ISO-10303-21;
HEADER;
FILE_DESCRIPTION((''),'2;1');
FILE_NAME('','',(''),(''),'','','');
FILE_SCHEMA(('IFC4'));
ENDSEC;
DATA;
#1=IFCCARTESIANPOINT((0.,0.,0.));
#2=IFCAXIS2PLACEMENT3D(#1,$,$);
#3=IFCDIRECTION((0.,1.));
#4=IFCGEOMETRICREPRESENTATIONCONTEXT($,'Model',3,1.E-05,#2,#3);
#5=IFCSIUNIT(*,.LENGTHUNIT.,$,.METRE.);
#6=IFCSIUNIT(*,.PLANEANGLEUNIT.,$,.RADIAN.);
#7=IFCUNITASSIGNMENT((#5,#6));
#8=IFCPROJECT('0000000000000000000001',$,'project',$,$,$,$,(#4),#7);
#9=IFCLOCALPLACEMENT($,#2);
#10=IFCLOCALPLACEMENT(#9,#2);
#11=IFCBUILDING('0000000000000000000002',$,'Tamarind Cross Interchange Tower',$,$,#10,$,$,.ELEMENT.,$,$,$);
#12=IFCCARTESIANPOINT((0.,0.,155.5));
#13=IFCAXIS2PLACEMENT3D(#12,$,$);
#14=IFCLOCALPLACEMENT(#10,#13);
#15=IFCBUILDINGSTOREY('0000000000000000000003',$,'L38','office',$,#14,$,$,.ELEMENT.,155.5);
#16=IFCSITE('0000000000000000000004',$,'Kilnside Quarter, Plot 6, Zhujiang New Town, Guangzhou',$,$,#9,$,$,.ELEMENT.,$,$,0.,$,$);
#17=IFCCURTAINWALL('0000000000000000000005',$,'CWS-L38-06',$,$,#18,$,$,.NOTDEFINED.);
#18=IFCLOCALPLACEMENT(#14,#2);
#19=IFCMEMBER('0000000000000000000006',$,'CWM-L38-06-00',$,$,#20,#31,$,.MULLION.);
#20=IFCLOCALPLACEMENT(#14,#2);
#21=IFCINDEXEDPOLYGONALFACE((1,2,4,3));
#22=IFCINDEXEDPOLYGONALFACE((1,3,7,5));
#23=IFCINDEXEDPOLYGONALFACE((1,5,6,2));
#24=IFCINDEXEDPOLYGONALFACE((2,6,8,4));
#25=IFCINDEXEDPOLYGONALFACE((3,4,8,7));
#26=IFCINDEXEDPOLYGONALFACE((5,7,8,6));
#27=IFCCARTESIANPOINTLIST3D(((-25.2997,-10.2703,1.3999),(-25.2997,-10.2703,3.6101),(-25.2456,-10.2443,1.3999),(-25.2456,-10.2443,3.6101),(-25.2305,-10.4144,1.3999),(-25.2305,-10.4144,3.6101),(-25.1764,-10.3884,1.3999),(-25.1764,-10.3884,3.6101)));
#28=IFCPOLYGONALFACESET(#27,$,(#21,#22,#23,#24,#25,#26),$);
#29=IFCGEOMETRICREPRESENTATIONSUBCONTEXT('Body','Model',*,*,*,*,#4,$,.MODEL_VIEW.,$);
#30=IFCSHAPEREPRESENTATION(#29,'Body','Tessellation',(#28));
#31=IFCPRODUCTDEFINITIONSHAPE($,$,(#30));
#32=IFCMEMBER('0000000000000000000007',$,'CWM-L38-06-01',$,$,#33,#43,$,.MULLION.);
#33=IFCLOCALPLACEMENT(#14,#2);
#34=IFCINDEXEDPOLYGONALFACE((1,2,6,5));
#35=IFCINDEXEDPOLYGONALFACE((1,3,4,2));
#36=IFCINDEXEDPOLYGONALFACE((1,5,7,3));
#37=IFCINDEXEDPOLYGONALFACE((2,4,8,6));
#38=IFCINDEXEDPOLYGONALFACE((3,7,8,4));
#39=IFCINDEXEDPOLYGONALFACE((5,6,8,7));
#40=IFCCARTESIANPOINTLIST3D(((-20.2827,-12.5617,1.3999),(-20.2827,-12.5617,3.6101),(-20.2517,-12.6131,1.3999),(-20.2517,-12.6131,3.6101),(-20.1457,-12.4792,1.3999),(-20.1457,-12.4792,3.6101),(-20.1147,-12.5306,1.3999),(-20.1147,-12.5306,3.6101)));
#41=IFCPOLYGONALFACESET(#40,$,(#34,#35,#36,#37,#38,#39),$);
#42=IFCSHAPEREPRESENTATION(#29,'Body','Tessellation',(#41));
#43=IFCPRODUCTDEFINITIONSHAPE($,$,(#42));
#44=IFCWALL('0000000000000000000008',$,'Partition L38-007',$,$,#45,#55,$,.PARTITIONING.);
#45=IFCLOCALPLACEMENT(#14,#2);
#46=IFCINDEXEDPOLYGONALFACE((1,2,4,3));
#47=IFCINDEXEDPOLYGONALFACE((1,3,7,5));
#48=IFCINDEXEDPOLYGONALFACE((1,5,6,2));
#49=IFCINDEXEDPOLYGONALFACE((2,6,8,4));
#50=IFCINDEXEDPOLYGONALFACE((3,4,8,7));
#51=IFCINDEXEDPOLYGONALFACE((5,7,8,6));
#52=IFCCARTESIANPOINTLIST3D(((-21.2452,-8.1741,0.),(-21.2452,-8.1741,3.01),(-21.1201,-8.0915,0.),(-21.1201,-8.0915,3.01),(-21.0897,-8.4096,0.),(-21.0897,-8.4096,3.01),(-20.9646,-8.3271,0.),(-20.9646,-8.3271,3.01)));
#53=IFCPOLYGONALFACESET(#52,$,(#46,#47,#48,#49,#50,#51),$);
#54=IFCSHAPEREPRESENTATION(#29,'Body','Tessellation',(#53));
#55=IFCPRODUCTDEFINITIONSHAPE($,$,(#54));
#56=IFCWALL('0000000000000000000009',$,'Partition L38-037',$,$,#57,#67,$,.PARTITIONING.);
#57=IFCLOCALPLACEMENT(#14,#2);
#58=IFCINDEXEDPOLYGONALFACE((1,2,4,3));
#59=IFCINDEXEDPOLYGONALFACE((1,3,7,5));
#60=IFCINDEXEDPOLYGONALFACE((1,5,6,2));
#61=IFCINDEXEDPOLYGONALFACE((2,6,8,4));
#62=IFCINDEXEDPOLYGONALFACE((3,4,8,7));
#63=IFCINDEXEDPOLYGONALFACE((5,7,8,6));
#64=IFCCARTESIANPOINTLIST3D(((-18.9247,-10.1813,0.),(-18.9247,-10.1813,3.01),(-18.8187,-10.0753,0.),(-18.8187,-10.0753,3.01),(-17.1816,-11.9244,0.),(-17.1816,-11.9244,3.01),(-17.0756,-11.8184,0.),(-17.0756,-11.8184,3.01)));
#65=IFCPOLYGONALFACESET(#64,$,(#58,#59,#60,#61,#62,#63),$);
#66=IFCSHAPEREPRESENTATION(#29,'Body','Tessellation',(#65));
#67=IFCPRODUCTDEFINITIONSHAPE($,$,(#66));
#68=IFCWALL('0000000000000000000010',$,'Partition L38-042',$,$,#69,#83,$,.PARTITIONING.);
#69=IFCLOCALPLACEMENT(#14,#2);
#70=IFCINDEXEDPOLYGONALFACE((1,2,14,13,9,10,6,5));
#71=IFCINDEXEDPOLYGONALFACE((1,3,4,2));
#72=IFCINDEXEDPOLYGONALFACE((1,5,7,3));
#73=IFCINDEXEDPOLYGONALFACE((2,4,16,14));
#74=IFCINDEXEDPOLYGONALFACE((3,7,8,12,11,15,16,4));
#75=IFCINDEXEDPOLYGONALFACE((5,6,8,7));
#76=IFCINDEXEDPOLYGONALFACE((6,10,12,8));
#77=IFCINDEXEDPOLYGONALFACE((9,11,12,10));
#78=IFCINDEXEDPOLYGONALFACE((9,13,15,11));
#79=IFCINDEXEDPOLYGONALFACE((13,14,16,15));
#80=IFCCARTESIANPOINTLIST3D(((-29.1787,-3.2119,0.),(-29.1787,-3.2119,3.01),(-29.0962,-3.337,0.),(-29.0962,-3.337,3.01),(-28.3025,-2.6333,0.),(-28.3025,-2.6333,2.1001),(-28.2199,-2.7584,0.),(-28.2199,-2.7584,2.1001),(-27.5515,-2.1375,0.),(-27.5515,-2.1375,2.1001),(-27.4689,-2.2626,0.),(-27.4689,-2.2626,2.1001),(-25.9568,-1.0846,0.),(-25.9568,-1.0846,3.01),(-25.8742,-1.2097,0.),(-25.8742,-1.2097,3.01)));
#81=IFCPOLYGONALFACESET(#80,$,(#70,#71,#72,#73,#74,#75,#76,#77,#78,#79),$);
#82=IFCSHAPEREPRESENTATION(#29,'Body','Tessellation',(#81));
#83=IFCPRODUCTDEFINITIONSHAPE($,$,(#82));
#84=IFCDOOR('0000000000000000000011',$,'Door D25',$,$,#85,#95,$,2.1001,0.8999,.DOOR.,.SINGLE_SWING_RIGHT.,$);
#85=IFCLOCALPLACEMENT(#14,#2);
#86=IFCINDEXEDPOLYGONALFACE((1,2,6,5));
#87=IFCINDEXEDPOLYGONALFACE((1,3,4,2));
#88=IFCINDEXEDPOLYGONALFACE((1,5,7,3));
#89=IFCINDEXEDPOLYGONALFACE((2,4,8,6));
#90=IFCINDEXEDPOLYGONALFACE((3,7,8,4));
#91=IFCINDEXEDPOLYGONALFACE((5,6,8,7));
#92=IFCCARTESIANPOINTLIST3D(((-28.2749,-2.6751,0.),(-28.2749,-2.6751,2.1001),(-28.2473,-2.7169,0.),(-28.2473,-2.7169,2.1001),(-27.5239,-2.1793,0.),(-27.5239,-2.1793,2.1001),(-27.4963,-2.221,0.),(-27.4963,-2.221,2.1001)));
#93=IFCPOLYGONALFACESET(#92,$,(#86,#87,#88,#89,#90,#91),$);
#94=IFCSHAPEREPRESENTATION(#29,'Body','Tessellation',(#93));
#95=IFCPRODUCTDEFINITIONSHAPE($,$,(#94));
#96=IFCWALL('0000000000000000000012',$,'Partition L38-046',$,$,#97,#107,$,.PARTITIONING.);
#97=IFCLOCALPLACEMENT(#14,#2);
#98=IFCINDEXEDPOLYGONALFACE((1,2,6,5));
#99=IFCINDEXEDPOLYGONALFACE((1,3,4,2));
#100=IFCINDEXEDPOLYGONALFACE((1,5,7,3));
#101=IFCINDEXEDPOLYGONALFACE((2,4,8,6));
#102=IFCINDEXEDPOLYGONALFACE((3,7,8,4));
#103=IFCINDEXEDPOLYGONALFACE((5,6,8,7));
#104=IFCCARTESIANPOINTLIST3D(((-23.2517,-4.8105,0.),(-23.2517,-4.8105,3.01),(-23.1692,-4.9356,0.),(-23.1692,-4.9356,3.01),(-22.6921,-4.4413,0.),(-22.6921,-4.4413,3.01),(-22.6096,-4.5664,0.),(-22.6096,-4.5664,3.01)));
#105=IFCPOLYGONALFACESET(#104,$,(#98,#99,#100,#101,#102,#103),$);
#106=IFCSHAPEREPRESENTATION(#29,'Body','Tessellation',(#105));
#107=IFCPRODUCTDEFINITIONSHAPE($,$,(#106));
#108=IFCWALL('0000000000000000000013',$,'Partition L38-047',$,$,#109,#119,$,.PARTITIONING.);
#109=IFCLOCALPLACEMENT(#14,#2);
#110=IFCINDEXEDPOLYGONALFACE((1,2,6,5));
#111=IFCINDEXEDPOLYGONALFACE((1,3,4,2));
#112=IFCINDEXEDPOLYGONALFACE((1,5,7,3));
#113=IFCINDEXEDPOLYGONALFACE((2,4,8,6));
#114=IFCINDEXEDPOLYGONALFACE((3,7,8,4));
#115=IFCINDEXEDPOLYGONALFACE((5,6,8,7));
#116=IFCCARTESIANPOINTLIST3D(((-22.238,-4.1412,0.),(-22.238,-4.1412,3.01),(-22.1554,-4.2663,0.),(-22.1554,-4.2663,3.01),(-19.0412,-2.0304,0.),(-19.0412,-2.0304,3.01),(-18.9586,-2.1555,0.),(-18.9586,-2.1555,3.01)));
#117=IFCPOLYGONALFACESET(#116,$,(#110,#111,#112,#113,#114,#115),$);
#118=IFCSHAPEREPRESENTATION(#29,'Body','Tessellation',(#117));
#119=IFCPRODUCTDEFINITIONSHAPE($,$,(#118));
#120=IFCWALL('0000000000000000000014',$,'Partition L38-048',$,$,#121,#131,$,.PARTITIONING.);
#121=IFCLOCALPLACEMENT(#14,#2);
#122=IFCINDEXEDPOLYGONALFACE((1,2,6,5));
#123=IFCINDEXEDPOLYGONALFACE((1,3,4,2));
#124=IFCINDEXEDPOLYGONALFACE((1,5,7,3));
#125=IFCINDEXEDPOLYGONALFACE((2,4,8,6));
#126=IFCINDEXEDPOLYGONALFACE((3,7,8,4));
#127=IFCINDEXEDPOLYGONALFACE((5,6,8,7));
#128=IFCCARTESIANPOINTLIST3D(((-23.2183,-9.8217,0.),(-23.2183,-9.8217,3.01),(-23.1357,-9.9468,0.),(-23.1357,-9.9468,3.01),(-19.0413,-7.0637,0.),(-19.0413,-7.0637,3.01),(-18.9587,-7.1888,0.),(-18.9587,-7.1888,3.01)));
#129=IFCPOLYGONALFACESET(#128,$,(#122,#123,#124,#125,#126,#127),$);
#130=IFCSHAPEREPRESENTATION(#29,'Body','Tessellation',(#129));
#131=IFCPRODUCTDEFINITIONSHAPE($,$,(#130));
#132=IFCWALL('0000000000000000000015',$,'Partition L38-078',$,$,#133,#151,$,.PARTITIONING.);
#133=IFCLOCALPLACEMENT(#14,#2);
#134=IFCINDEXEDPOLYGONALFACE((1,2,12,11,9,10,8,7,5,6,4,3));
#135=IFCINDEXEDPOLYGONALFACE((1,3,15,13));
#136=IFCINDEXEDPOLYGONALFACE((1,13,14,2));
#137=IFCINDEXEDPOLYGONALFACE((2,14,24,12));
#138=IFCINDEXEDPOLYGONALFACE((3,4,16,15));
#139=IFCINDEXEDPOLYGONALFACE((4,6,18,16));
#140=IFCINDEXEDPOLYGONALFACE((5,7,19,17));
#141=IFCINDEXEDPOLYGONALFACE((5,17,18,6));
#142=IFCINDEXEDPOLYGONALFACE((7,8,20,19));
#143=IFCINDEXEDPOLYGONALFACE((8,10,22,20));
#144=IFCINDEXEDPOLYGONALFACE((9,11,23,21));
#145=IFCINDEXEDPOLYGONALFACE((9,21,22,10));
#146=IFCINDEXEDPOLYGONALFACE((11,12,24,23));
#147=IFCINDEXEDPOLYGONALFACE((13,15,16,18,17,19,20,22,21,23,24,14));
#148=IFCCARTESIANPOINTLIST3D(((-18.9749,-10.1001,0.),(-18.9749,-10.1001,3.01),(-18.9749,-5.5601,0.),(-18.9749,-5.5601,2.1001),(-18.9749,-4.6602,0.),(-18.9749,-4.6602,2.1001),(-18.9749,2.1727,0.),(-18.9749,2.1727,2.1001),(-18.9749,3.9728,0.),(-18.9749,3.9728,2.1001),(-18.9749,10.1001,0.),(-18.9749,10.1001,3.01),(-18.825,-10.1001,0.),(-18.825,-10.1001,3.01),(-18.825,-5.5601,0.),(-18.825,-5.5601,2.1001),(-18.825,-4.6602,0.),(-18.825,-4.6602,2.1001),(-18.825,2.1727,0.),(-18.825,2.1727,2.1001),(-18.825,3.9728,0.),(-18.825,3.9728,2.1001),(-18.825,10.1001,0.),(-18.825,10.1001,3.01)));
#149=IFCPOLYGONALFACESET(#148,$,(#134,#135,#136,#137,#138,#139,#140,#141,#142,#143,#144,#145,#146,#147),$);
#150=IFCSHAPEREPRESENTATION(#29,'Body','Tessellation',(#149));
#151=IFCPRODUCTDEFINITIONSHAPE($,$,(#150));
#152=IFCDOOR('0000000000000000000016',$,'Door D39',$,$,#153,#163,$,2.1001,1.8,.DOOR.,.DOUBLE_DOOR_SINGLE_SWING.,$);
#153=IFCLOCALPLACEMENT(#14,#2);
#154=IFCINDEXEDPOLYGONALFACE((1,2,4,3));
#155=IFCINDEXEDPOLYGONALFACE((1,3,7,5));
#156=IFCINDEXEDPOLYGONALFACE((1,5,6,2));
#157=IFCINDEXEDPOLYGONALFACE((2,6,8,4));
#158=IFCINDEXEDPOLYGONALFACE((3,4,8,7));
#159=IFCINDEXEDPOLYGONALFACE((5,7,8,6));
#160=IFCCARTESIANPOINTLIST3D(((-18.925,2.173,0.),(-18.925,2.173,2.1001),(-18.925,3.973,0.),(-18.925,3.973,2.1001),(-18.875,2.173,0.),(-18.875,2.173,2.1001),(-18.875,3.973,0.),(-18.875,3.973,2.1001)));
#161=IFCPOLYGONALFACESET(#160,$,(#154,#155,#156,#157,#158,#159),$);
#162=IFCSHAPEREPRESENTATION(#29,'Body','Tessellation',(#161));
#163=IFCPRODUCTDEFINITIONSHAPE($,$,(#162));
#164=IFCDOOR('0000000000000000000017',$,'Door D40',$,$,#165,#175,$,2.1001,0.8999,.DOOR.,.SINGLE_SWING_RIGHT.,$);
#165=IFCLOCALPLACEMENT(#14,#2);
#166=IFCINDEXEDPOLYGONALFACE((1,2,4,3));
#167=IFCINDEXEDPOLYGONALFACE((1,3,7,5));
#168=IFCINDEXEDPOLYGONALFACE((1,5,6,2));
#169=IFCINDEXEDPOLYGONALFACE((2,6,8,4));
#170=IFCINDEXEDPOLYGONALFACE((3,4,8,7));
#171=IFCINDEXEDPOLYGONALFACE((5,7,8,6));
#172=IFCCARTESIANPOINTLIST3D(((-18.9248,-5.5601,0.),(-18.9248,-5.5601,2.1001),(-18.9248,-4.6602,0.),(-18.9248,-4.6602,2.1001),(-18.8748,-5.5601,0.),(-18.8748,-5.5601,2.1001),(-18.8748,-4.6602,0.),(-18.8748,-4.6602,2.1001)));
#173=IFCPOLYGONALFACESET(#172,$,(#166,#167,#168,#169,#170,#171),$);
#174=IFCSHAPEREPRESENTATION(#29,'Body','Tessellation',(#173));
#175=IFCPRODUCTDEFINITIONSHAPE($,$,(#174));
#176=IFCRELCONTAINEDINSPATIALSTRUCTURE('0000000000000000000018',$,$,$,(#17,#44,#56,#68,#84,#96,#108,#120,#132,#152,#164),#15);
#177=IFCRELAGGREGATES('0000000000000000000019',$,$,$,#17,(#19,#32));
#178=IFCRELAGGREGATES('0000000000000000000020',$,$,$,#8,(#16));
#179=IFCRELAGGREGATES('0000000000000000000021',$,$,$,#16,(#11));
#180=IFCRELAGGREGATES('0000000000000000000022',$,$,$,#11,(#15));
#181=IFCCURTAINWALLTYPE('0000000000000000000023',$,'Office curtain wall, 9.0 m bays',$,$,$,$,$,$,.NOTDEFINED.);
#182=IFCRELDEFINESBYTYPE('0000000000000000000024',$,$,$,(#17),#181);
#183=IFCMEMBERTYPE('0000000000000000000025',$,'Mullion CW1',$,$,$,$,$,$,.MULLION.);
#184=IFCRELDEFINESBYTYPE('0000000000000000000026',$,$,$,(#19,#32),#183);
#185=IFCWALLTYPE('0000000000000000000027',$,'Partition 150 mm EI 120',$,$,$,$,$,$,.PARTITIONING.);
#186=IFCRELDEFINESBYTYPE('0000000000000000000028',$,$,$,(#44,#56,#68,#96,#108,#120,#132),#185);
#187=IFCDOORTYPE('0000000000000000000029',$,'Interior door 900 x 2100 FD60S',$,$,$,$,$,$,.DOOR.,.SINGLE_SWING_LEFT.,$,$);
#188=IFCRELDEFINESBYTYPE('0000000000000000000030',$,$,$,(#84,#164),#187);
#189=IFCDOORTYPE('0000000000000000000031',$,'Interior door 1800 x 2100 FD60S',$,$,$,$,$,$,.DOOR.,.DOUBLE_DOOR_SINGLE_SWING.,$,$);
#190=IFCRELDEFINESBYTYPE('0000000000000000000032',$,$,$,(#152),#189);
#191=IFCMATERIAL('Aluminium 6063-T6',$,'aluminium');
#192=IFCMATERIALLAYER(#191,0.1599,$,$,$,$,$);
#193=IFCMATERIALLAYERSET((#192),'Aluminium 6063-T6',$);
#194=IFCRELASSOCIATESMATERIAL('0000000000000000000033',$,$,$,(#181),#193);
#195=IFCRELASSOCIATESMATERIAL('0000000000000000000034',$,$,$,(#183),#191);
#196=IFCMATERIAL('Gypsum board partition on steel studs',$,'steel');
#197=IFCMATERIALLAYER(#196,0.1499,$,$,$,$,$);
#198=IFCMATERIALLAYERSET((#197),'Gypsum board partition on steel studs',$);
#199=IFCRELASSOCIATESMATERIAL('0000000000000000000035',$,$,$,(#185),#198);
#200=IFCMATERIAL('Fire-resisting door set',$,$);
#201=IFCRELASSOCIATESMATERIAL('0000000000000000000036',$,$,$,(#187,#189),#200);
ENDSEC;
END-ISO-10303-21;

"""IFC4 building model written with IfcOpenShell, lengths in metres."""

from ifc_helpers import new_model, si_unit, direction, frame, frame_2d, origin, origin_2d, place, context, subcontext, project, spatial, rectangle, extrude, material, layer, layer_set, material_profile, profile_set, type_object, element, fill, aggregate, save


model = new_model("IFC4")

# Units and contexts
model_context = context("Model", 3, precision=1e-05, world=origin(), true_north=direction((0.0, 1.0)))
body_context = subcontext(model_context, "Body", "Model", "MODEL_VIEW")
ifc_project = project(units=[si_unit("LENGTHUNIT", "METRE"), si_unit("PLANEANGLEUNIT", "RADIAN")], contexts=[model_context])

# Site, building, storey
site_placement = place(None, origin())
site = spatial("IfcSite", under=ifc_project, at=site_placement, Name="Kilnside Quarter, Plot 6, Zhujiang New Town, Guangzhou", CompositionType="ELEMENT", RefElevation=0.0)
building_placement = place(site_placement, origin())
building = spatial("IfcBuilding", under=site, at=building_placement, Name="Tamarind Cross Interchange Tower", CompositionType="ELEMENT")
storey_placement = place(building_placement, frame((0.0, 0.0, 155.5)))
storey = spatial("IfcBuildingStorey", under=building, at=storey_placement, Name="L38", Description="office", CompositionType="ELEMENT", Elevation=155.5)

# Curtain wall, members
ifc_material_1 = material(Name="Aluminium 6063-T6", Category="aluminium")
ifc_layer_1 = layer(ifc_material_1, 0.1599)
ifc_layer_set_1 = layer_set([ifc_layer_1], Name="Aluminium 6063-T6")
curtain_wall_type = type_object("IfcCurtainWallType", Name="Office curtain wall, 9.0 m bays", PredefinedType="NOTDEFINED", material=ifc_layer_set_1)
curtain_wall_placement = place(storey_placement, origin())
curtain_wall = element("IfcCurtainWall", 1, at=curtain_wall_placement, inside=storey, type_object=curtain_wall_type, Name="CWS-L38-06", PredefinedType="NOTDEFINED")
ifc_material_profile_1 = material_profile(ifc_material_1, rectangle(XDim=0.0601, YDim=0.1599, at=origin_2d()), Name="Mullion CW1")
ifc_profile_set_1 = profile_set([ifc_material_profile_1], Name="Aluminium 6063-T6")
member_type = type_object("IfcMemberType", Name="Mullion CW1", PredefinedType="MULLION", material=ifc_profile_set_1)
member_1_placement = place(storey_placement, frame((-25.238, -10.3293, 1.3999), z_axis=(0.0, 0.0, 1.0), x_axis=(0.901424, 0.432938, 0.0)))
member_1 = element("IfcMember", 2, at=member_1_placement, type_object=member_type, Name="CWM-L38-06-00", PredefinedType="MULLION", context=body_context, shape_type="SweptSolid", body=[
    extrude(rectangle(XDim=0.0601, YDim=0.1599, at=origin_2d()), origin(), (0.0, 0.0, 1.0), 2.2102),
])
member_2_placement = place(storey_placement, frame((-20.1987, -12.5461, 1.3999), z_axis=(0.0, 0.0, 1.0), x_axis=(0.51587, -0.856667, 0.0)))
member_2 = element("IfcMember", 3, at=member_2_placement, type_object=member_type, Name="CWM-L38-06-01", PredefinedType="MULLION", context=body_context, shape_type="SweptSolid", body=[
    extrude(rectangle(XDim=0.0601, YDim=0.1599, at=origin_2d()), origin(), (0.0, 0.0, 1.0), 2.2102),
])
aggregate(curtain_wall, [member_1, member_2])

# Walls
ifc_material_2 = material(Name="Gypsum board partition on steel studs", Category="steel")
ifc_layer_2 = layer(ifc_material_2, 0.1499)
ifc_layer_set_2 = layer_set([ifc_layer_2], Name="Gypsum board partition on steel studs")
wall_type_1 = type_object("IfcWallType", Name="Partition 150 mm EI 120", PredefinedType="PARTITIONING", material=ifc_layer_set_2)
wall_1_placement = place(storey_placement, frame((-21.1826, -8.1328, 0.0), z_axis=(0.0, 0.0, 1.0), x_axis=(0.550902, -0.83457, 0.0)))
element("IfcWall", 4, at=wall_1_placement, inside=storey, type_object=wall_type_1, Name="Partition L38-007", PredefinedType="PARTITIONING", context=body_context, shape_type="SweptSolid", body=[
    extrude(rectangle(XDim=0.2822, YDim=0.1499, at=frame_2d((0.1411, 0.0))), origin(), (0.0, 0.0, 1.0), 3.01),
])
wall_2_placement = place(storey_placement, frame((-18.8716, -10.1284, 0.0), z_axis=(0.0, 0.0, 1.0), x_axis=(0.707107, -0.707107, 0.0)))
element("IfcWall", 5, at=wall_2_placement, inside=storey, type_object=wall_type_1, Name="Partition L38-037", PredefinedType="PARTITIONING", context=body_context, shape_type="SweptSolid", body=[
    extrude(rectangle(XDim=2.4651, YDim=0.1499, at=frame_2d((1.2324, 0.0))), origin(), (0.0, 0.0, 1.0), 3.01),
])

# Wall, opening, door
wall_3_placement = place(storey_placement, frame((-29.1375, -3.2744, 0.0), z_axis=(0.0, 0.0, 1.0), x_axis=(0.834523, 0.550973, 0.0)))
wall_3 = element("IfcWall", 6, at=wall_3_placement, inside=storey, type_object=wall_type_1, Name="Partition L38-042", PredefinedType="PARTITIONING", context=body_context, shape_type="SweptSolid", body=[
    extrude(rectangle(XDim=3.8608, YDim=0.1499, at=frame_2d((1.9304, 0.0))), origin(), (0.0, 0.0, 1.0), 3.01),
])
opening_1_placement = place(wall_3_placement, frame((1.05, 0.0, 0.0)))
opening_1 = element("IfcOpeningElement", 7, at=opening_1_placement, cuts=wall_3, PredefinedType="OPENING", context=body_context, shape_type="SweptSolid", body=[
    extrude(rectangle(XDim=0.8999, YDim=2.1001, at=frame_2d((0.45, 1.05))), frame((0.0, 0.085, 0.0), z_axis=(0.0, -1.0, 0.0), x_axis=(1.0, 0.0, 0.0)), (0.0, 0.0, 1.0), 0.1699),
])
ifc_material_3 = material(Name="Fire-resisting door set")
door_type_1 = type_object("IfcDoorType", Name="Interior door 900 x 2100 FD60S", OperationType="SINGLE_SWING_LEFT", PredefinedType="DOOR", material=ifc_material_3)
door_1_placement = place(opening_1_placement, origin())
door_1 = element("IfcDoor", 8, at=door_1_placement, inside=storey, type_object=door_type_1, Name="Door D25", OperationType="SINGLE_SWING_RIGHT", OverallHeight=2.1001, OverallWidth=0.8999, PredefinedType="DOOR", context=body_context, shape_type="SweptSolid", body=[
    extrude(rectangle(XDim=0.8999, YDim=2.1001, at=frame_2d((0.45, 1.05))), frame((0.0, 0.0249, 0.0), z_axis=(0.0, -1.0, 0.0), x_axis=(1.0, 0.0, 0.0)), (0.0, 0.0, 1.0), 0.05),
])
fill(opening_1, door_1)

# Walls
wall_4_placement = place(storey_placement, frame((-23.2104, -4.873, 0.0), z_axis=(0.0, 0.0, 1.0), x_axis=(0.83473, 0.55066, 0.0)))
element("IfcWall", 9, at=wall_4_placement, inside=storey, type_object=wall_type_1, Name="Partition L38-046", PredefinedType="PARTITIONING", context=body_context, shape_type="SweptSolid", body=[
    extrude(rectangle(XDim=0.6704, YDim=0.1499, at=frame_2d((0.3352, 0.0))), origin(), (0.0, 0.0, 1.0), 3.01),
])
wall_5_placement = place(storey_placement, frame((-22.1968, -4.2039, 0.0), z_axis=(0.0, 0.0, 1.0), x_axis=(0.834493, 0.551018, 0.0)))
element("IfcWall", 10, at=wall_5_placement, inside=storey, type_object=wall_type_1, Name="Partition L38-047", PredefinedType="PARTITIONING", context=body_context, shape_type="SweptSolid", body=[
    extrude(rectangle(XDim=3.8308, YDim=0.1499, at=frame_2d((1.9155, 0.0))), origin(), (0.0, 0.0, 1.0), 3.01),
])
wall_6_placement = place(storey_placement, frame((-23.177, -9.8843, 0.0), z_axis=(0.0, 0.0, 1.0), x_axis=(0.834496, 0.551014, 0.0)))
element("IfcWall", 11, at=wall_6_placement, inside=storey, type_object=wall_type_1, Name="Partition L38-048", PredefinedType="PARTITIONING", context=body_context, shape_type="SweptSolid", body=[
    extrude(rectangle(XDim=5.0054, YDim=0.1499, at=frame_2d((2.5027, 0.0))), origin(), (0.0, 0.0, 1.0), 3.01),
])

# Wall, openings, doors
wall_7_placement = place(storey_placement, frame((-18.8999, -10.1001, 0.0), z_axis=(0.0, 0.0, 1.0), x_axis=(0.0, 1.0, 0.0)))
wall_7 = element("IfcWall", 12, at=wall_7_placement, inside=storey, type_object=wall_type_1, Name="Partition L38-078", PredefinedType="PARTITIONING", context=body_context, shape_type="SweptSolid", body=[
    extrude(rectangle(XDim=20.2002, YDim=0.1499, at=frame_2d((10.1001, 0.0))), origin(), (0.0, 0.0, 1.0), 3.01),
])
opening_2_placement = place(wall_7_placement, frame((12.2729, 0.0, 0.0)))
opening_2 = element("IfcOpeningElement", 13, at=opening_2_placement, cuts=wall_7, PredefinedType="OPENING", context=body_context, shape_type="SweptSolid", body=[
    extrude(rectangle(XDim=1.8, YDim=2.1001, at=frame_2d((0.8999, 1.05))), frame((0.0, 0.085, 0.0), z_axis=(0.0, -1.0, 0.0), x_axis=(1.0, 0.0, 0.0)), (0.0, 0.0, 1.0), 0.1699),
])
opening_3_placement = place(wall_7_placement, frame((4.54, 0.0, 0.0)))
opening_3 = element("IfcOpeningElement", 14, at=opening_3_placement, cuts=wall_7, PredefinedType="OPENING", context=body_context, shape_type="SweptSolid", body=[
    extrude(rectangle(XDim=0.8999, YDim=2.1001, at=frame_2d((0.45, 1.05))), frame((0.0, 0.085, 0.0), z_axis=(0.0, -1.0, 0.0), x_axis=(1.0, 0.0, 0.0)), (0.0, 0.0, 1.0), 0.1699),
])
door_type_2 = type_object("IfcDoorType", Name="Interior door 1800 x 2100 FD60S", OperationType="DOUBLE_DOOR_SINGLE_SWING", PredefinedType="DOOR", material=ifc_material_3)
door_2_placement = place(opening_2_placement, frame((1.8, 0.0, 0.0), z_axis=(0.0, 0.0, 1.0), x_axis=(-1.0, 0.0, 0.0)))
door_2 = element("IfcDoor", 15, at=door_2_placement, inside=storey, type_object=door_type_2, Name="Door D39", OperationType="DOUBLE_DOOR_SINGLE_SWING", OverallHeight=2.1001, OverallWidth=1.8, PredefinedType="DOOR", context=body_context, shape_type="SweptSolid", body=[
    extrude(rectangle(XDim=1.8, YDim=2.1001, at=frame_2d((0.8999, 1.05))), frame((0.0, 0.0249, 0.0), z_axis=(0.0, -1.0, 0.0), x_axis=(1.0, 0.0, 0.0)), (0.0, 0.0, 1.0), 0.05),
])
fill(opening_2, door_2)
door_3_placement = place(opening_3_placement, origin())
door_3 = element("IfcDoor", 16, at=door_3_placement, inside=storey, type_object=door_type_1, Name="Door D40", OperationType="SINGLE_SWING_RIGHT", OverallHeight=2.1001, OverallWidth=0.8999, PredefinedType="DOOR", context=body_context, shape_type="SweptSolid", body=[
    extrude(rectangle(XDim=0.8999, YDim=2.1001, at=frame_2d((0.45, 1.05))), frame((0.0, 0.0249, 0.0), z_axis=(0.0, -1.0, 0.0), x_axis=(1.0, 0.0, 0.0)), (0.0, 0.0, 1.0), 0.05),
])
fill(opening_3, door_3)

save(model, "model.ifc")
